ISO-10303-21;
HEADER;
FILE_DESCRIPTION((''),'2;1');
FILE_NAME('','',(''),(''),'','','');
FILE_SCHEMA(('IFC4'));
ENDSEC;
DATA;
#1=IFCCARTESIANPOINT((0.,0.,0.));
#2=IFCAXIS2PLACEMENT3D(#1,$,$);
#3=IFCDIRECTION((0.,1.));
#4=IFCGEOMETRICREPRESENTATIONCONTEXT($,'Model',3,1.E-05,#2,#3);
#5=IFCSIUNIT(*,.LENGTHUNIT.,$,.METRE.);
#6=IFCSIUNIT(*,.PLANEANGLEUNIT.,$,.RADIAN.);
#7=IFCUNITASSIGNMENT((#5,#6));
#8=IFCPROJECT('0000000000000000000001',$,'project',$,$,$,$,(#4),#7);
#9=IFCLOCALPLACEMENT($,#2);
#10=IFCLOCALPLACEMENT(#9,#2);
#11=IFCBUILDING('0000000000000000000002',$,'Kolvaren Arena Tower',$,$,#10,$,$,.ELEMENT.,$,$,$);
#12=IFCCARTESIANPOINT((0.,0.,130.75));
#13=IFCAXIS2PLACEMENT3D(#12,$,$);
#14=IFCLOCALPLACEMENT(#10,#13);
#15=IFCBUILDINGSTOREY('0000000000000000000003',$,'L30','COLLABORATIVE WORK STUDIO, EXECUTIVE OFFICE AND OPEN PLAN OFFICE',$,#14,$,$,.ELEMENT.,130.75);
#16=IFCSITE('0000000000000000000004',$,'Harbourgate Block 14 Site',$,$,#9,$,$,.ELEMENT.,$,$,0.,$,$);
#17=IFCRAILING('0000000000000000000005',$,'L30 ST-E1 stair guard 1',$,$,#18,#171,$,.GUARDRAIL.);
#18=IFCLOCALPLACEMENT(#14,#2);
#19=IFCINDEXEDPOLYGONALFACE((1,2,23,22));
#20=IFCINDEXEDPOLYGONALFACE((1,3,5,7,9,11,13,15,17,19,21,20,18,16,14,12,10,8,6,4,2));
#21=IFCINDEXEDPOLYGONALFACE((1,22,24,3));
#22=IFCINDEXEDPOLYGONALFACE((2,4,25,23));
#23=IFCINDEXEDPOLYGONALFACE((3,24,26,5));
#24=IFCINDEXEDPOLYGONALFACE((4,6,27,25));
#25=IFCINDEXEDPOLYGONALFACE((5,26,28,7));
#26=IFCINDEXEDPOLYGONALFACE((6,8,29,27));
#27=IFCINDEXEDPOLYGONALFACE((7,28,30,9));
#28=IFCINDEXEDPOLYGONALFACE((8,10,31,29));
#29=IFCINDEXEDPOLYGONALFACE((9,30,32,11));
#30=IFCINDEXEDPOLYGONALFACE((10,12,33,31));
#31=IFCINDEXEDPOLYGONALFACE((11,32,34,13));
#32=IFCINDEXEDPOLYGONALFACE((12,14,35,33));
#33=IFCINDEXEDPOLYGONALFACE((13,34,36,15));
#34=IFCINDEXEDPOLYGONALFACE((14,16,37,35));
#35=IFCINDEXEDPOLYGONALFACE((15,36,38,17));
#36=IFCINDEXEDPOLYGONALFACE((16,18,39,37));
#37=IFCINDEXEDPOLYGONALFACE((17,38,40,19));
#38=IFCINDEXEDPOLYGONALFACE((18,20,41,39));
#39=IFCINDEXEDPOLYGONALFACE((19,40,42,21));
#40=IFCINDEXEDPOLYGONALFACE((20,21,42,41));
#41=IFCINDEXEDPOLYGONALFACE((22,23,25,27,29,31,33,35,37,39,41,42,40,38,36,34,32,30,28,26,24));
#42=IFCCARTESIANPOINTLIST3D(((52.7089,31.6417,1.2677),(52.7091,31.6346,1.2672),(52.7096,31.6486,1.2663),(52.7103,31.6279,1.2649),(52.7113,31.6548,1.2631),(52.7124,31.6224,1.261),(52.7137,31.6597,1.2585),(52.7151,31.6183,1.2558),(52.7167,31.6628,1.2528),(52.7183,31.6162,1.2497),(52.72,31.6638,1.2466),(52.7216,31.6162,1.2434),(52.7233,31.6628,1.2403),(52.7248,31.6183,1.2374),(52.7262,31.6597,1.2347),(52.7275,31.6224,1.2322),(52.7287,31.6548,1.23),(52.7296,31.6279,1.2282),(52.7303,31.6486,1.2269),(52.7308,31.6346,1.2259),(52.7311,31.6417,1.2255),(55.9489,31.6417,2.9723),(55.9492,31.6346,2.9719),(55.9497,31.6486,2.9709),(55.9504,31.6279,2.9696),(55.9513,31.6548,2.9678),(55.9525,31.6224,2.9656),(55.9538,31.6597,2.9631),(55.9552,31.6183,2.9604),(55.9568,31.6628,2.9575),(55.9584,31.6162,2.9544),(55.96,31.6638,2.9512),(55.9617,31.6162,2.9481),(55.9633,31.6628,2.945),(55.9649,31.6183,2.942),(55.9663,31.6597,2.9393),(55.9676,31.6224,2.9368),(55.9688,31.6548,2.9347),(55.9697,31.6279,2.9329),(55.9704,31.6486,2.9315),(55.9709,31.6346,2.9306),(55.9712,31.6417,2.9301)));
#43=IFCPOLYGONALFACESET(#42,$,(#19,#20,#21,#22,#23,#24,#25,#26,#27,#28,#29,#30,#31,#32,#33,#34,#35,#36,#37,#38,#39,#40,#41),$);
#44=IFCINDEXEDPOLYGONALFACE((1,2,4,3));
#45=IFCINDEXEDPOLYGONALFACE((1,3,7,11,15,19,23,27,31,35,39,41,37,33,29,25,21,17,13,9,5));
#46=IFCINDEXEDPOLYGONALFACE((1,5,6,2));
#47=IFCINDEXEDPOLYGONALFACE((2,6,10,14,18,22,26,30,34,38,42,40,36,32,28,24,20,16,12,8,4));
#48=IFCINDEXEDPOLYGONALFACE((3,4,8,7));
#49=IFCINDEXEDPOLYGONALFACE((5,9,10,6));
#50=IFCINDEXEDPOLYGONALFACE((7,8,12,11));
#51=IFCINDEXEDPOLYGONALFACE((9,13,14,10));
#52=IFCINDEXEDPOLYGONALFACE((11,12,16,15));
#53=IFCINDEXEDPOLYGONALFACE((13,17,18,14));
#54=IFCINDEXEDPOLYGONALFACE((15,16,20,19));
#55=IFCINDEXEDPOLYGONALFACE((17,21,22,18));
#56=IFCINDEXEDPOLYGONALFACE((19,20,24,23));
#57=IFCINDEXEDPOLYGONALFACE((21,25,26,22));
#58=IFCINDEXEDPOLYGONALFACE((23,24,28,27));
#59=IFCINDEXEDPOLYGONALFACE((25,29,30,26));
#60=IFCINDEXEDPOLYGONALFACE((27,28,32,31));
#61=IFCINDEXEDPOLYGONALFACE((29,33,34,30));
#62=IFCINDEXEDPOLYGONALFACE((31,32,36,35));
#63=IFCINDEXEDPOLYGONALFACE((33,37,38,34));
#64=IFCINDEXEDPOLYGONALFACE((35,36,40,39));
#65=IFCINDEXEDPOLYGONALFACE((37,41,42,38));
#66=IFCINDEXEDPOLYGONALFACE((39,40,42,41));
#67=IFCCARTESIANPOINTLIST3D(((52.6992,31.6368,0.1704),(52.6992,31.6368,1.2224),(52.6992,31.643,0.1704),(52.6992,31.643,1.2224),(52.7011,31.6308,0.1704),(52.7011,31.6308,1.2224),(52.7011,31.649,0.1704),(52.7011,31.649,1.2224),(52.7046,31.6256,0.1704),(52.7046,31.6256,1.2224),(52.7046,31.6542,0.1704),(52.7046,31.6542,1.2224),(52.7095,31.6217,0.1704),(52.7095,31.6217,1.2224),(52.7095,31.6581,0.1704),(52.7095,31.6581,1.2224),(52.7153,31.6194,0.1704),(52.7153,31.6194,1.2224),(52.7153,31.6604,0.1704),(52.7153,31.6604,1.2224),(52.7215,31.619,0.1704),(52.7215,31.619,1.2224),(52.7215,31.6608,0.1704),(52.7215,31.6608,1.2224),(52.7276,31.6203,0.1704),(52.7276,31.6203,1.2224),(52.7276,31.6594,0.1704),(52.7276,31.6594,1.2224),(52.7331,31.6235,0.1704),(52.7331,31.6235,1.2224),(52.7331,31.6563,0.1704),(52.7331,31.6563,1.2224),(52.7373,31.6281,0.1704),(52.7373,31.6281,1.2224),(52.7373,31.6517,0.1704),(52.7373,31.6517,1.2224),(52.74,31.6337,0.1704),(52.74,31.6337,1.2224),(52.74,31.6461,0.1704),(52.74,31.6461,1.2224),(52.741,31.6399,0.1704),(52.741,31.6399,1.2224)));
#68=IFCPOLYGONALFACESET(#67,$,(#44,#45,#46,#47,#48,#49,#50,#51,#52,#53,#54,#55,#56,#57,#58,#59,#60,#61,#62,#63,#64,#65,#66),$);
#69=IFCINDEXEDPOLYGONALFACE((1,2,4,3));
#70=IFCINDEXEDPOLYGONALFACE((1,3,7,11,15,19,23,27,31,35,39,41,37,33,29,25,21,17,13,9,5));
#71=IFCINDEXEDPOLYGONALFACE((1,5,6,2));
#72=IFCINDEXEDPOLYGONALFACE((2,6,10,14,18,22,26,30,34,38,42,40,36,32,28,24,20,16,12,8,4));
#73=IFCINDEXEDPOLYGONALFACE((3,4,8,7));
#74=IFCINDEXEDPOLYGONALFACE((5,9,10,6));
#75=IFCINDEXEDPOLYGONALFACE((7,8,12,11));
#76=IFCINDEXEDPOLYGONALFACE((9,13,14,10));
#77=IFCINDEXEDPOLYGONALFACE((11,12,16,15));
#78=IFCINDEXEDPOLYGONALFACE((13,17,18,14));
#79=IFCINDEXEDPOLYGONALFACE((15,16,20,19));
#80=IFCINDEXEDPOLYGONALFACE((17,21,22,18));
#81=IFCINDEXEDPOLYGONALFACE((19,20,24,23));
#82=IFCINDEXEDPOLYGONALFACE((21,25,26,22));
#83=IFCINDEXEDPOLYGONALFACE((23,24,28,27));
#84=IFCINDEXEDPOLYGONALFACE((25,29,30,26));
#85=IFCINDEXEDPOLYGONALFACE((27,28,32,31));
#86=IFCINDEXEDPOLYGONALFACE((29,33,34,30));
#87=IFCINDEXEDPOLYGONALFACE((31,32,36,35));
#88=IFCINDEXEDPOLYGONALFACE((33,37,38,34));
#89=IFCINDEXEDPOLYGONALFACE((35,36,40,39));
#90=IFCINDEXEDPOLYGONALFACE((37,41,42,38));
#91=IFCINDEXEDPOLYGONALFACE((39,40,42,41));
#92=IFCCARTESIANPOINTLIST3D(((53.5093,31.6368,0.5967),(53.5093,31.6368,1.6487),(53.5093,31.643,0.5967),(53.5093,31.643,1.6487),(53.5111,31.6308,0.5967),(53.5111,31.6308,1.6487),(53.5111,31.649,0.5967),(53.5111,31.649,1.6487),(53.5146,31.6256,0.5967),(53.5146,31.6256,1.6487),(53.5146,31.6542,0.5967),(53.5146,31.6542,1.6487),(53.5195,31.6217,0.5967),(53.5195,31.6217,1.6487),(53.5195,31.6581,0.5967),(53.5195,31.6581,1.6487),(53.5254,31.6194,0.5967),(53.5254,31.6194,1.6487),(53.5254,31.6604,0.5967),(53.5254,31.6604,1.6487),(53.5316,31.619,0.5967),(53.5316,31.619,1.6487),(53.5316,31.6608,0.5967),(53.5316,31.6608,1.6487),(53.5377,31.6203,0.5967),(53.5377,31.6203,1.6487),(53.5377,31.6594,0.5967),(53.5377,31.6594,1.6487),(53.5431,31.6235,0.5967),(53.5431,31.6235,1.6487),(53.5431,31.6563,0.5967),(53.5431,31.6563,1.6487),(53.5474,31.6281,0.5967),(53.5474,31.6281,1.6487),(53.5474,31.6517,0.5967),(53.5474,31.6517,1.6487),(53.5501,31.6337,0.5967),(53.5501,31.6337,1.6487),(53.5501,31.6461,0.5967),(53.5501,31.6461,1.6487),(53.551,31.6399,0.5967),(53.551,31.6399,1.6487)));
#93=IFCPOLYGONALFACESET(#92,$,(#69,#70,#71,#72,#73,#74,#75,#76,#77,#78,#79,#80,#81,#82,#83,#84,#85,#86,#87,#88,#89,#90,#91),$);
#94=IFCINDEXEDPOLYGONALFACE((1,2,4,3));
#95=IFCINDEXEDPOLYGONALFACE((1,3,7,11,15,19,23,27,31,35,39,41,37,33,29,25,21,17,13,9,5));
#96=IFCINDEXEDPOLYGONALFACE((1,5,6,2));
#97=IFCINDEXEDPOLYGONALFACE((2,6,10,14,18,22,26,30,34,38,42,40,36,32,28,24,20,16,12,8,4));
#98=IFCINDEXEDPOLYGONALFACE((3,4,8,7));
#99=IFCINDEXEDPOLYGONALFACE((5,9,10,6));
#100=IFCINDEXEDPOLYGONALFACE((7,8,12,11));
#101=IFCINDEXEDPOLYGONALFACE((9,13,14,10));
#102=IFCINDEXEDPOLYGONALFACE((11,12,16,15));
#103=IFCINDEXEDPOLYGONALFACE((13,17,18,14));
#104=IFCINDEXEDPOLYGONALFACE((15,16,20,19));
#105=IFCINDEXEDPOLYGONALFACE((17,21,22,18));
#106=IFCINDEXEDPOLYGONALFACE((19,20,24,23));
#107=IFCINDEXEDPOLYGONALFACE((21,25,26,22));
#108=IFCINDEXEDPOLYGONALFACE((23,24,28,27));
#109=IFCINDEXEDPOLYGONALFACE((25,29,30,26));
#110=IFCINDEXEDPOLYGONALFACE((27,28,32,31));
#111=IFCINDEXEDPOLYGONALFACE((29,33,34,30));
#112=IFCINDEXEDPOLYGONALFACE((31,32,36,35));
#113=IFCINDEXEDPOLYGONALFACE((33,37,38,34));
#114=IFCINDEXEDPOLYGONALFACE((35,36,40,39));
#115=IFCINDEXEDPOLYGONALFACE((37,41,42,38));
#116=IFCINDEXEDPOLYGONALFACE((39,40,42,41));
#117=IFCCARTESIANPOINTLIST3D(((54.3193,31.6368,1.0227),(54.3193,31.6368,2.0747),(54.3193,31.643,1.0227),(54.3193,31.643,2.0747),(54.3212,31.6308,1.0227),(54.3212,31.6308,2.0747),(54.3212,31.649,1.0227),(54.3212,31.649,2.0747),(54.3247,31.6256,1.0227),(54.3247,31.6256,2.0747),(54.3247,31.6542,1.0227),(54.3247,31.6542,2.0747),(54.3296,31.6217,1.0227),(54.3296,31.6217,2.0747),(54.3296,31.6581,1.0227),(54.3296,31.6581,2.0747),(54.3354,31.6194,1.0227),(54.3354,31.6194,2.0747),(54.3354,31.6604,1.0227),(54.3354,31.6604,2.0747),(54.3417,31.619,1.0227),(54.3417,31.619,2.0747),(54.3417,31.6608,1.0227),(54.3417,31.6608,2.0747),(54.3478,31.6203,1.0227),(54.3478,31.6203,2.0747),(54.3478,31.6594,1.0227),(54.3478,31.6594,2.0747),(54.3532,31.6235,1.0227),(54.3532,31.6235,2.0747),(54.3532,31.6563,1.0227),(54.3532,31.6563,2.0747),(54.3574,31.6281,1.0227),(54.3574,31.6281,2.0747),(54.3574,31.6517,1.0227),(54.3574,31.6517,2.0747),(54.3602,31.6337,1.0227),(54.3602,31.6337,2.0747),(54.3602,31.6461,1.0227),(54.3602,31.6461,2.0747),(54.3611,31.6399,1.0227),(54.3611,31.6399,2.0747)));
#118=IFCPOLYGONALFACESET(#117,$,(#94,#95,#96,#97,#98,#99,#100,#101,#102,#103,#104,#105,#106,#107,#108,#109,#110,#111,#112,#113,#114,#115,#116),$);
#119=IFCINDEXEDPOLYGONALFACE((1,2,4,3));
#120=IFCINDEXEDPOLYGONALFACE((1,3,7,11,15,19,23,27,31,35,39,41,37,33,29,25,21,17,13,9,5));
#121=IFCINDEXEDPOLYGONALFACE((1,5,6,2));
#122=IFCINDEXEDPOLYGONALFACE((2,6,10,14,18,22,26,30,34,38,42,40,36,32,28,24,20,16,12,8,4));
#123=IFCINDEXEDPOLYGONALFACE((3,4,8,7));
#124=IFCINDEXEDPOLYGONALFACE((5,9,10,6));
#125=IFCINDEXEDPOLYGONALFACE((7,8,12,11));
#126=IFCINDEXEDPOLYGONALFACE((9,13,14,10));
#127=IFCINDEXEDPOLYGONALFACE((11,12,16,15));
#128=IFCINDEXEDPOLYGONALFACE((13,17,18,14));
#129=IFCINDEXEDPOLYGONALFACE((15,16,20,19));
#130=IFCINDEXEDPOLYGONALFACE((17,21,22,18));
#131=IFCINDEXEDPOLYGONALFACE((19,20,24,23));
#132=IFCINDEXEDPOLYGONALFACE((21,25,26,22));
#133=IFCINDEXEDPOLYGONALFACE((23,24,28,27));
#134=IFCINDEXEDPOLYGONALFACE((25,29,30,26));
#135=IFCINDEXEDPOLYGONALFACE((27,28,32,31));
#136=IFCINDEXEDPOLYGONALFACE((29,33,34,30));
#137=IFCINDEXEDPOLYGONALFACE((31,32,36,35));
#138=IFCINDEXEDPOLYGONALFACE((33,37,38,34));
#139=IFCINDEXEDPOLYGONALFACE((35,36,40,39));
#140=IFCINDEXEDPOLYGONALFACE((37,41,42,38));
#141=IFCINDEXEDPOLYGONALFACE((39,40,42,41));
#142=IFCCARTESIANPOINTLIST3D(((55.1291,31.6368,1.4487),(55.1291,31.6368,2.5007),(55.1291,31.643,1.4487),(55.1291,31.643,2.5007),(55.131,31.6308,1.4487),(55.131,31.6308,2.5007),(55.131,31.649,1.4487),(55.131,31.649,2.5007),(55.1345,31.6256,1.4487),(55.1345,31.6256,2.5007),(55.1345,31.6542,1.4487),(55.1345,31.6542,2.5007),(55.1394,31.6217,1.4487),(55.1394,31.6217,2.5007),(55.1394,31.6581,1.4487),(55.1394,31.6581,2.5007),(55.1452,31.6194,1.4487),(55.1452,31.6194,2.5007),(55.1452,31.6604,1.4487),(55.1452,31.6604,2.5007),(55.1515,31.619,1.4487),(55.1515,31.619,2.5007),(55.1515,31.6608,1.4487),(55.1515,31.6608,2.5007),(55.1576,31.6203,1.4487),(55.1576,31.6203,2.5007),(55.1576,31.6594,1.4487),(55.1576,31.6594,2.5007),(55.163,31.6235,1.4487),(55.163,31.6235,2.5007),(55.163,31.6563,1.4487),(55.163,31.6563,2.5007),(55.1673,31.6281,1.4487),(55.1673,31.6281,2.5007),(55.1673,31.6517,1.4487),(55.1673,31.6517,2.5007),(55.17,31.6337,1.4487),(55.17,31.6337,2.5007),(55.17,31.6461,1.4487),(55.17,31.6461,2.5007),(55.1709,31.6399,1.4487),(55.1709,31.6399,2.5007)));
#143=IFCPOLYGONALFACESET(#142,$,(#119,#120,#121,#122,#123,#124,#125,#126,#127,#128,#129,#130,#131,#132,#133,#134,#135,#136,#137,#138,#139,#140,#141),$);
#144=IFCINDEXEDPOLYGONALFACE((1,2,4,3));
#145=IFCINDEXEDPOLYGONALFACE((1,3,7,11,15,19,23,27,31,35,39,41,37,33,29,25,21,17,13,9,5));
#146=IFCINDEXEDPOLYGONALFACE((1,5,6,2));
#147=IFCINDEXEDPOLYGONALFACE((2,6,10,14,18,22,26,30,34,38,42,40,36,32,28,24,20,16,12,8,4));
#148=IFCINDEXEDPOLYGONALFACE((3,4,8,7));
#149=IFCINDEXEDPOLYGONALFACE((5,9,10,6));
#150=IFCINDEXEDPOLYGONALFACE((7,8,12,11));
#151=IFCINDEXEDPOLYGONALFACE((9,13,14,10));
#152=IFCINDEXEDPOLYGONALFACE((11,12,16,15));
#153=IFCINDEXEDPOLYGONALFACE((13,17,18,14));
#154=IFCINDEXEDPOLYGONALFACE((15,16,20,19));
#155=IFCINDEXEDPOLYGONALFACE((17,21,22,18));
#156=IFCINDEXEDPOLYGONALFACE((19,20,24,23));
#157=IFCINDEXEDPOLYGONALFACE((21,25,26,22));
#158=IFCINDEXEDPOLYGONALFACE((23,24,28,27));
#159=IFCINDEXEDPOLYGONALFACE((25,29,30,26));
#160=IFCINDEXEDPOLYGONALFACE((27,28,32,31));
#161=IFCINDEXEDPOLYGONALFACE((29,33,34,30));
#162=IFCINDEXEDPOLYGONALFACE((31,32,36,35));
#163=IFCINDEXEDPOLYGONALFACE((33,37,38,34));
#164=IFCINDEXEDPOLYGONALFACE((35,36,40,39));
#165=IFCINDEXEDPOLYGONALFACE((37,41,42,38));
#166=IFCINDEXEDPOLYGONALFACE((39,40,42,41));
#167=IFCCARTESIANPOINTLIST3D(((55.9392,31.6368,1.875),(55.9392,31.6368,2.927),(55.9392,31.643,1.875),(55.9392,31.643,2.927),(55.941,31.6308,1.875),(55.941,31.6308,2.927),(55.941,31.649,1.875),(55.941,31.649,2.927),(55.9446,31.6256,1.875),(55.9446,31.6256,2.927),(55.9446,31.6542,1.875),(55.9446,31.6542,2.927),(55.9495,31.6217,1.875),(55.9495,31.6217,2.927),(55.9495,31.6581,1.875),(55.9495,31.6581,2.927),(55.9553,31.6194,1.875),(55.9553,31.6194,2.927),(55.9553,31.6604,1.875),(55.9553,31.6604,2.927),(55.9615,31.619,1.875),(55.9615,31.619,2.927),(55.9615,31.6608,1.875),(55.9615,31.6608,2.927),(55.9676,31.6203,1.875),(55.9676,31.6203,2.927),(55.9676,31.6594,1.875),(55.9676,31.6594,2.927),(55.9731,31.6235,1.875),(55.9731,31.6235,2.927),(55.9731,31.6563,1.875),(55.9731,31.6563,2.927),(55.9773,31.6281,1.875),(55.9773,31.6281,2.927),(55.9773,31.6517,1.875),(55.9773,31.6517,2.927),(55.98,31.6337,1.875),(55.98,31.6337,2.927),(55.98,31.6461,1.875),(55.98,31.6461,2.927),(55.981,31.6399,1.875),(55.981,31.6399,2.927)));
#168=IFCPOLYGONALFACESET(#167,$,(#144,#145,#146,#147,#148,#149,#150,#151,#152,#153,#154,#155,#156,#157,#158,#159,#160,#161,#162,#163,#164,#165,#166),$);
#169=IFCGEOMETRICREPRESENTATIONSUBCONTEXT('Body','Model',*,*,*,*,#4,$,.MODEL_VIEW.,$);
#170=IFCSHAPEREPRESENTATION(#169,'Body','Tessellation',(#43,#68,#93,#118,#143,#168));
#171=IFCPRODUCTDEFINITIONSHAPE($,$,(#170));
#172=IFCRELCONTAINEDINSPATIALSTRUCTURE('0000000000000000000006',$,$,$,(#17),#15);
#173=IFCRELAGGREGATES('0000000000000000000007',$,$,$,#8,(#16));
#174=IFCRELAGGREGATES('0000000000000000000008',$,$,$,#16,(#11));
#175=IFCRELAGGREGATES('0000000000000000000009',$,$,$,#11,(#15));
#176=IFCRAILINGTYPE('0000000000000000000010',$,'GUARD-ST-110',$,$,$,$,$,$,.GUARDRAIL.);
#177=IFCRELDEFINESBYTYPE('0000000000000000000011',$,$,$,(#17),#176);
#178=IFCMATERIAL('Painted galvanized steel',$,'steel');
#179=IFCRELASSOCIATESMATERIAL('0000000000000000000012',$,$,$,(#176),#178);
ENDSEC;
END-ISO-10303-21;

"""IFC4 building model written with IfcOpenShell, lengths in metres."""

from ifc_helpers import new_model, si_unit, direction, frame, origin, origin_2d, place, context, subcontext, project, spatial, circle, extrude, material, type_object, element, save


model = new_model("IFC4")

# Units and contexts
model_context = context("Model", 3, precision=1e-05, world=origin(), true_north=direction((0.0, 1.0)))
body_context = subcontext(model_context, "Body", "Model", "MODEL_VIEW")
ifc_project = project(units=[si_unit("LENGTHUNIT", "METRE"), si_unit("PLANEANGLEUNIT", "RADIAN")], contexts=[model_context])

# Site, building, storey
site_placement = place(None, origin())
site = spatial("IfcSite", under=ifc_project, at=site_placement, Name="Harbourgate Block 14 Site", CompositionType="ELEMENT", RefElevation=0.0)
building_placement = place(site_placement, origin())
building = spatial("IfcBuilding", under=site, at=building_placement, Name="Kolvaren Arena Tower", CompositionType="ELEMENT")
storey_placement = place(building_placement, frame((0.0, 0.0, 130.75)))
storey = spatial("IfcBuildingStorey", under=building, at=storey_placement, Name="L30", Description="COLLABORATIVE WORK STUDIO, EXECUTIVE OFFICE AND OPEN PLAN OFFICE", CompositionType="ELEMENT", Elevation=130.75)

# Railing
ifc_material_1 = material(Name="Painted galvanized steel", Category="steel")
railing_type_1 = type_object("IfcRailingType", Name="GUARD-ST-110", PredefinedType="GUARDRAIL", material=ifc_material_1)
railing_1_placement = place(storey_placement, frame((52.72, 31.6399, 0.1704)))
element("IfcRailing", 1, at=railing_1_placement, inside=storey, type_object=railing_type_1, Name="L30 ST-E1 stair guard 1", PredefinedType="GUARDRAIL", context=body_context, shape_type="SweptSolid", body=[
    extrude(circle(Radius=0.0239, at=origin_2d()), frame((0.0, 0.0, 1.0762), z_axis=(0.884993, 0.0, 0.465604), x_axis=(0.0, 1.0, 0.0)), (0.0, 0.0, 1.0), 3.6611),
    extrude(circle(Radius=0.021, at=origin_2d()), origin(), (0.0, 0.0, 1.0), 1.052),
    extrude(circle(Radius=0.021, at=origin_2d()), frame((0.8101, 0.0, 0.4263)), (0.0, 0.0, 1.0), 1.052),
    extrude(circle(Radius=0.021, at=origin_2d()), frame((1.6201, 0.0, 0.8523)), (0.0, 0.0, 1.0), 1.052),
    extrude(circle(Radius=0.021, at=origin_2d()), frame((2.4299, 0.0, 1.2783)), (0.0, 0.0, 1.0), 1.052),
    extrude(circle(Radius=0.021, at=origin_2d()), frame((3.24, 0.0, 1.7046)), (0.0, 0.0, 1.0), 1.052),
])

save(model, "model.ifc")
